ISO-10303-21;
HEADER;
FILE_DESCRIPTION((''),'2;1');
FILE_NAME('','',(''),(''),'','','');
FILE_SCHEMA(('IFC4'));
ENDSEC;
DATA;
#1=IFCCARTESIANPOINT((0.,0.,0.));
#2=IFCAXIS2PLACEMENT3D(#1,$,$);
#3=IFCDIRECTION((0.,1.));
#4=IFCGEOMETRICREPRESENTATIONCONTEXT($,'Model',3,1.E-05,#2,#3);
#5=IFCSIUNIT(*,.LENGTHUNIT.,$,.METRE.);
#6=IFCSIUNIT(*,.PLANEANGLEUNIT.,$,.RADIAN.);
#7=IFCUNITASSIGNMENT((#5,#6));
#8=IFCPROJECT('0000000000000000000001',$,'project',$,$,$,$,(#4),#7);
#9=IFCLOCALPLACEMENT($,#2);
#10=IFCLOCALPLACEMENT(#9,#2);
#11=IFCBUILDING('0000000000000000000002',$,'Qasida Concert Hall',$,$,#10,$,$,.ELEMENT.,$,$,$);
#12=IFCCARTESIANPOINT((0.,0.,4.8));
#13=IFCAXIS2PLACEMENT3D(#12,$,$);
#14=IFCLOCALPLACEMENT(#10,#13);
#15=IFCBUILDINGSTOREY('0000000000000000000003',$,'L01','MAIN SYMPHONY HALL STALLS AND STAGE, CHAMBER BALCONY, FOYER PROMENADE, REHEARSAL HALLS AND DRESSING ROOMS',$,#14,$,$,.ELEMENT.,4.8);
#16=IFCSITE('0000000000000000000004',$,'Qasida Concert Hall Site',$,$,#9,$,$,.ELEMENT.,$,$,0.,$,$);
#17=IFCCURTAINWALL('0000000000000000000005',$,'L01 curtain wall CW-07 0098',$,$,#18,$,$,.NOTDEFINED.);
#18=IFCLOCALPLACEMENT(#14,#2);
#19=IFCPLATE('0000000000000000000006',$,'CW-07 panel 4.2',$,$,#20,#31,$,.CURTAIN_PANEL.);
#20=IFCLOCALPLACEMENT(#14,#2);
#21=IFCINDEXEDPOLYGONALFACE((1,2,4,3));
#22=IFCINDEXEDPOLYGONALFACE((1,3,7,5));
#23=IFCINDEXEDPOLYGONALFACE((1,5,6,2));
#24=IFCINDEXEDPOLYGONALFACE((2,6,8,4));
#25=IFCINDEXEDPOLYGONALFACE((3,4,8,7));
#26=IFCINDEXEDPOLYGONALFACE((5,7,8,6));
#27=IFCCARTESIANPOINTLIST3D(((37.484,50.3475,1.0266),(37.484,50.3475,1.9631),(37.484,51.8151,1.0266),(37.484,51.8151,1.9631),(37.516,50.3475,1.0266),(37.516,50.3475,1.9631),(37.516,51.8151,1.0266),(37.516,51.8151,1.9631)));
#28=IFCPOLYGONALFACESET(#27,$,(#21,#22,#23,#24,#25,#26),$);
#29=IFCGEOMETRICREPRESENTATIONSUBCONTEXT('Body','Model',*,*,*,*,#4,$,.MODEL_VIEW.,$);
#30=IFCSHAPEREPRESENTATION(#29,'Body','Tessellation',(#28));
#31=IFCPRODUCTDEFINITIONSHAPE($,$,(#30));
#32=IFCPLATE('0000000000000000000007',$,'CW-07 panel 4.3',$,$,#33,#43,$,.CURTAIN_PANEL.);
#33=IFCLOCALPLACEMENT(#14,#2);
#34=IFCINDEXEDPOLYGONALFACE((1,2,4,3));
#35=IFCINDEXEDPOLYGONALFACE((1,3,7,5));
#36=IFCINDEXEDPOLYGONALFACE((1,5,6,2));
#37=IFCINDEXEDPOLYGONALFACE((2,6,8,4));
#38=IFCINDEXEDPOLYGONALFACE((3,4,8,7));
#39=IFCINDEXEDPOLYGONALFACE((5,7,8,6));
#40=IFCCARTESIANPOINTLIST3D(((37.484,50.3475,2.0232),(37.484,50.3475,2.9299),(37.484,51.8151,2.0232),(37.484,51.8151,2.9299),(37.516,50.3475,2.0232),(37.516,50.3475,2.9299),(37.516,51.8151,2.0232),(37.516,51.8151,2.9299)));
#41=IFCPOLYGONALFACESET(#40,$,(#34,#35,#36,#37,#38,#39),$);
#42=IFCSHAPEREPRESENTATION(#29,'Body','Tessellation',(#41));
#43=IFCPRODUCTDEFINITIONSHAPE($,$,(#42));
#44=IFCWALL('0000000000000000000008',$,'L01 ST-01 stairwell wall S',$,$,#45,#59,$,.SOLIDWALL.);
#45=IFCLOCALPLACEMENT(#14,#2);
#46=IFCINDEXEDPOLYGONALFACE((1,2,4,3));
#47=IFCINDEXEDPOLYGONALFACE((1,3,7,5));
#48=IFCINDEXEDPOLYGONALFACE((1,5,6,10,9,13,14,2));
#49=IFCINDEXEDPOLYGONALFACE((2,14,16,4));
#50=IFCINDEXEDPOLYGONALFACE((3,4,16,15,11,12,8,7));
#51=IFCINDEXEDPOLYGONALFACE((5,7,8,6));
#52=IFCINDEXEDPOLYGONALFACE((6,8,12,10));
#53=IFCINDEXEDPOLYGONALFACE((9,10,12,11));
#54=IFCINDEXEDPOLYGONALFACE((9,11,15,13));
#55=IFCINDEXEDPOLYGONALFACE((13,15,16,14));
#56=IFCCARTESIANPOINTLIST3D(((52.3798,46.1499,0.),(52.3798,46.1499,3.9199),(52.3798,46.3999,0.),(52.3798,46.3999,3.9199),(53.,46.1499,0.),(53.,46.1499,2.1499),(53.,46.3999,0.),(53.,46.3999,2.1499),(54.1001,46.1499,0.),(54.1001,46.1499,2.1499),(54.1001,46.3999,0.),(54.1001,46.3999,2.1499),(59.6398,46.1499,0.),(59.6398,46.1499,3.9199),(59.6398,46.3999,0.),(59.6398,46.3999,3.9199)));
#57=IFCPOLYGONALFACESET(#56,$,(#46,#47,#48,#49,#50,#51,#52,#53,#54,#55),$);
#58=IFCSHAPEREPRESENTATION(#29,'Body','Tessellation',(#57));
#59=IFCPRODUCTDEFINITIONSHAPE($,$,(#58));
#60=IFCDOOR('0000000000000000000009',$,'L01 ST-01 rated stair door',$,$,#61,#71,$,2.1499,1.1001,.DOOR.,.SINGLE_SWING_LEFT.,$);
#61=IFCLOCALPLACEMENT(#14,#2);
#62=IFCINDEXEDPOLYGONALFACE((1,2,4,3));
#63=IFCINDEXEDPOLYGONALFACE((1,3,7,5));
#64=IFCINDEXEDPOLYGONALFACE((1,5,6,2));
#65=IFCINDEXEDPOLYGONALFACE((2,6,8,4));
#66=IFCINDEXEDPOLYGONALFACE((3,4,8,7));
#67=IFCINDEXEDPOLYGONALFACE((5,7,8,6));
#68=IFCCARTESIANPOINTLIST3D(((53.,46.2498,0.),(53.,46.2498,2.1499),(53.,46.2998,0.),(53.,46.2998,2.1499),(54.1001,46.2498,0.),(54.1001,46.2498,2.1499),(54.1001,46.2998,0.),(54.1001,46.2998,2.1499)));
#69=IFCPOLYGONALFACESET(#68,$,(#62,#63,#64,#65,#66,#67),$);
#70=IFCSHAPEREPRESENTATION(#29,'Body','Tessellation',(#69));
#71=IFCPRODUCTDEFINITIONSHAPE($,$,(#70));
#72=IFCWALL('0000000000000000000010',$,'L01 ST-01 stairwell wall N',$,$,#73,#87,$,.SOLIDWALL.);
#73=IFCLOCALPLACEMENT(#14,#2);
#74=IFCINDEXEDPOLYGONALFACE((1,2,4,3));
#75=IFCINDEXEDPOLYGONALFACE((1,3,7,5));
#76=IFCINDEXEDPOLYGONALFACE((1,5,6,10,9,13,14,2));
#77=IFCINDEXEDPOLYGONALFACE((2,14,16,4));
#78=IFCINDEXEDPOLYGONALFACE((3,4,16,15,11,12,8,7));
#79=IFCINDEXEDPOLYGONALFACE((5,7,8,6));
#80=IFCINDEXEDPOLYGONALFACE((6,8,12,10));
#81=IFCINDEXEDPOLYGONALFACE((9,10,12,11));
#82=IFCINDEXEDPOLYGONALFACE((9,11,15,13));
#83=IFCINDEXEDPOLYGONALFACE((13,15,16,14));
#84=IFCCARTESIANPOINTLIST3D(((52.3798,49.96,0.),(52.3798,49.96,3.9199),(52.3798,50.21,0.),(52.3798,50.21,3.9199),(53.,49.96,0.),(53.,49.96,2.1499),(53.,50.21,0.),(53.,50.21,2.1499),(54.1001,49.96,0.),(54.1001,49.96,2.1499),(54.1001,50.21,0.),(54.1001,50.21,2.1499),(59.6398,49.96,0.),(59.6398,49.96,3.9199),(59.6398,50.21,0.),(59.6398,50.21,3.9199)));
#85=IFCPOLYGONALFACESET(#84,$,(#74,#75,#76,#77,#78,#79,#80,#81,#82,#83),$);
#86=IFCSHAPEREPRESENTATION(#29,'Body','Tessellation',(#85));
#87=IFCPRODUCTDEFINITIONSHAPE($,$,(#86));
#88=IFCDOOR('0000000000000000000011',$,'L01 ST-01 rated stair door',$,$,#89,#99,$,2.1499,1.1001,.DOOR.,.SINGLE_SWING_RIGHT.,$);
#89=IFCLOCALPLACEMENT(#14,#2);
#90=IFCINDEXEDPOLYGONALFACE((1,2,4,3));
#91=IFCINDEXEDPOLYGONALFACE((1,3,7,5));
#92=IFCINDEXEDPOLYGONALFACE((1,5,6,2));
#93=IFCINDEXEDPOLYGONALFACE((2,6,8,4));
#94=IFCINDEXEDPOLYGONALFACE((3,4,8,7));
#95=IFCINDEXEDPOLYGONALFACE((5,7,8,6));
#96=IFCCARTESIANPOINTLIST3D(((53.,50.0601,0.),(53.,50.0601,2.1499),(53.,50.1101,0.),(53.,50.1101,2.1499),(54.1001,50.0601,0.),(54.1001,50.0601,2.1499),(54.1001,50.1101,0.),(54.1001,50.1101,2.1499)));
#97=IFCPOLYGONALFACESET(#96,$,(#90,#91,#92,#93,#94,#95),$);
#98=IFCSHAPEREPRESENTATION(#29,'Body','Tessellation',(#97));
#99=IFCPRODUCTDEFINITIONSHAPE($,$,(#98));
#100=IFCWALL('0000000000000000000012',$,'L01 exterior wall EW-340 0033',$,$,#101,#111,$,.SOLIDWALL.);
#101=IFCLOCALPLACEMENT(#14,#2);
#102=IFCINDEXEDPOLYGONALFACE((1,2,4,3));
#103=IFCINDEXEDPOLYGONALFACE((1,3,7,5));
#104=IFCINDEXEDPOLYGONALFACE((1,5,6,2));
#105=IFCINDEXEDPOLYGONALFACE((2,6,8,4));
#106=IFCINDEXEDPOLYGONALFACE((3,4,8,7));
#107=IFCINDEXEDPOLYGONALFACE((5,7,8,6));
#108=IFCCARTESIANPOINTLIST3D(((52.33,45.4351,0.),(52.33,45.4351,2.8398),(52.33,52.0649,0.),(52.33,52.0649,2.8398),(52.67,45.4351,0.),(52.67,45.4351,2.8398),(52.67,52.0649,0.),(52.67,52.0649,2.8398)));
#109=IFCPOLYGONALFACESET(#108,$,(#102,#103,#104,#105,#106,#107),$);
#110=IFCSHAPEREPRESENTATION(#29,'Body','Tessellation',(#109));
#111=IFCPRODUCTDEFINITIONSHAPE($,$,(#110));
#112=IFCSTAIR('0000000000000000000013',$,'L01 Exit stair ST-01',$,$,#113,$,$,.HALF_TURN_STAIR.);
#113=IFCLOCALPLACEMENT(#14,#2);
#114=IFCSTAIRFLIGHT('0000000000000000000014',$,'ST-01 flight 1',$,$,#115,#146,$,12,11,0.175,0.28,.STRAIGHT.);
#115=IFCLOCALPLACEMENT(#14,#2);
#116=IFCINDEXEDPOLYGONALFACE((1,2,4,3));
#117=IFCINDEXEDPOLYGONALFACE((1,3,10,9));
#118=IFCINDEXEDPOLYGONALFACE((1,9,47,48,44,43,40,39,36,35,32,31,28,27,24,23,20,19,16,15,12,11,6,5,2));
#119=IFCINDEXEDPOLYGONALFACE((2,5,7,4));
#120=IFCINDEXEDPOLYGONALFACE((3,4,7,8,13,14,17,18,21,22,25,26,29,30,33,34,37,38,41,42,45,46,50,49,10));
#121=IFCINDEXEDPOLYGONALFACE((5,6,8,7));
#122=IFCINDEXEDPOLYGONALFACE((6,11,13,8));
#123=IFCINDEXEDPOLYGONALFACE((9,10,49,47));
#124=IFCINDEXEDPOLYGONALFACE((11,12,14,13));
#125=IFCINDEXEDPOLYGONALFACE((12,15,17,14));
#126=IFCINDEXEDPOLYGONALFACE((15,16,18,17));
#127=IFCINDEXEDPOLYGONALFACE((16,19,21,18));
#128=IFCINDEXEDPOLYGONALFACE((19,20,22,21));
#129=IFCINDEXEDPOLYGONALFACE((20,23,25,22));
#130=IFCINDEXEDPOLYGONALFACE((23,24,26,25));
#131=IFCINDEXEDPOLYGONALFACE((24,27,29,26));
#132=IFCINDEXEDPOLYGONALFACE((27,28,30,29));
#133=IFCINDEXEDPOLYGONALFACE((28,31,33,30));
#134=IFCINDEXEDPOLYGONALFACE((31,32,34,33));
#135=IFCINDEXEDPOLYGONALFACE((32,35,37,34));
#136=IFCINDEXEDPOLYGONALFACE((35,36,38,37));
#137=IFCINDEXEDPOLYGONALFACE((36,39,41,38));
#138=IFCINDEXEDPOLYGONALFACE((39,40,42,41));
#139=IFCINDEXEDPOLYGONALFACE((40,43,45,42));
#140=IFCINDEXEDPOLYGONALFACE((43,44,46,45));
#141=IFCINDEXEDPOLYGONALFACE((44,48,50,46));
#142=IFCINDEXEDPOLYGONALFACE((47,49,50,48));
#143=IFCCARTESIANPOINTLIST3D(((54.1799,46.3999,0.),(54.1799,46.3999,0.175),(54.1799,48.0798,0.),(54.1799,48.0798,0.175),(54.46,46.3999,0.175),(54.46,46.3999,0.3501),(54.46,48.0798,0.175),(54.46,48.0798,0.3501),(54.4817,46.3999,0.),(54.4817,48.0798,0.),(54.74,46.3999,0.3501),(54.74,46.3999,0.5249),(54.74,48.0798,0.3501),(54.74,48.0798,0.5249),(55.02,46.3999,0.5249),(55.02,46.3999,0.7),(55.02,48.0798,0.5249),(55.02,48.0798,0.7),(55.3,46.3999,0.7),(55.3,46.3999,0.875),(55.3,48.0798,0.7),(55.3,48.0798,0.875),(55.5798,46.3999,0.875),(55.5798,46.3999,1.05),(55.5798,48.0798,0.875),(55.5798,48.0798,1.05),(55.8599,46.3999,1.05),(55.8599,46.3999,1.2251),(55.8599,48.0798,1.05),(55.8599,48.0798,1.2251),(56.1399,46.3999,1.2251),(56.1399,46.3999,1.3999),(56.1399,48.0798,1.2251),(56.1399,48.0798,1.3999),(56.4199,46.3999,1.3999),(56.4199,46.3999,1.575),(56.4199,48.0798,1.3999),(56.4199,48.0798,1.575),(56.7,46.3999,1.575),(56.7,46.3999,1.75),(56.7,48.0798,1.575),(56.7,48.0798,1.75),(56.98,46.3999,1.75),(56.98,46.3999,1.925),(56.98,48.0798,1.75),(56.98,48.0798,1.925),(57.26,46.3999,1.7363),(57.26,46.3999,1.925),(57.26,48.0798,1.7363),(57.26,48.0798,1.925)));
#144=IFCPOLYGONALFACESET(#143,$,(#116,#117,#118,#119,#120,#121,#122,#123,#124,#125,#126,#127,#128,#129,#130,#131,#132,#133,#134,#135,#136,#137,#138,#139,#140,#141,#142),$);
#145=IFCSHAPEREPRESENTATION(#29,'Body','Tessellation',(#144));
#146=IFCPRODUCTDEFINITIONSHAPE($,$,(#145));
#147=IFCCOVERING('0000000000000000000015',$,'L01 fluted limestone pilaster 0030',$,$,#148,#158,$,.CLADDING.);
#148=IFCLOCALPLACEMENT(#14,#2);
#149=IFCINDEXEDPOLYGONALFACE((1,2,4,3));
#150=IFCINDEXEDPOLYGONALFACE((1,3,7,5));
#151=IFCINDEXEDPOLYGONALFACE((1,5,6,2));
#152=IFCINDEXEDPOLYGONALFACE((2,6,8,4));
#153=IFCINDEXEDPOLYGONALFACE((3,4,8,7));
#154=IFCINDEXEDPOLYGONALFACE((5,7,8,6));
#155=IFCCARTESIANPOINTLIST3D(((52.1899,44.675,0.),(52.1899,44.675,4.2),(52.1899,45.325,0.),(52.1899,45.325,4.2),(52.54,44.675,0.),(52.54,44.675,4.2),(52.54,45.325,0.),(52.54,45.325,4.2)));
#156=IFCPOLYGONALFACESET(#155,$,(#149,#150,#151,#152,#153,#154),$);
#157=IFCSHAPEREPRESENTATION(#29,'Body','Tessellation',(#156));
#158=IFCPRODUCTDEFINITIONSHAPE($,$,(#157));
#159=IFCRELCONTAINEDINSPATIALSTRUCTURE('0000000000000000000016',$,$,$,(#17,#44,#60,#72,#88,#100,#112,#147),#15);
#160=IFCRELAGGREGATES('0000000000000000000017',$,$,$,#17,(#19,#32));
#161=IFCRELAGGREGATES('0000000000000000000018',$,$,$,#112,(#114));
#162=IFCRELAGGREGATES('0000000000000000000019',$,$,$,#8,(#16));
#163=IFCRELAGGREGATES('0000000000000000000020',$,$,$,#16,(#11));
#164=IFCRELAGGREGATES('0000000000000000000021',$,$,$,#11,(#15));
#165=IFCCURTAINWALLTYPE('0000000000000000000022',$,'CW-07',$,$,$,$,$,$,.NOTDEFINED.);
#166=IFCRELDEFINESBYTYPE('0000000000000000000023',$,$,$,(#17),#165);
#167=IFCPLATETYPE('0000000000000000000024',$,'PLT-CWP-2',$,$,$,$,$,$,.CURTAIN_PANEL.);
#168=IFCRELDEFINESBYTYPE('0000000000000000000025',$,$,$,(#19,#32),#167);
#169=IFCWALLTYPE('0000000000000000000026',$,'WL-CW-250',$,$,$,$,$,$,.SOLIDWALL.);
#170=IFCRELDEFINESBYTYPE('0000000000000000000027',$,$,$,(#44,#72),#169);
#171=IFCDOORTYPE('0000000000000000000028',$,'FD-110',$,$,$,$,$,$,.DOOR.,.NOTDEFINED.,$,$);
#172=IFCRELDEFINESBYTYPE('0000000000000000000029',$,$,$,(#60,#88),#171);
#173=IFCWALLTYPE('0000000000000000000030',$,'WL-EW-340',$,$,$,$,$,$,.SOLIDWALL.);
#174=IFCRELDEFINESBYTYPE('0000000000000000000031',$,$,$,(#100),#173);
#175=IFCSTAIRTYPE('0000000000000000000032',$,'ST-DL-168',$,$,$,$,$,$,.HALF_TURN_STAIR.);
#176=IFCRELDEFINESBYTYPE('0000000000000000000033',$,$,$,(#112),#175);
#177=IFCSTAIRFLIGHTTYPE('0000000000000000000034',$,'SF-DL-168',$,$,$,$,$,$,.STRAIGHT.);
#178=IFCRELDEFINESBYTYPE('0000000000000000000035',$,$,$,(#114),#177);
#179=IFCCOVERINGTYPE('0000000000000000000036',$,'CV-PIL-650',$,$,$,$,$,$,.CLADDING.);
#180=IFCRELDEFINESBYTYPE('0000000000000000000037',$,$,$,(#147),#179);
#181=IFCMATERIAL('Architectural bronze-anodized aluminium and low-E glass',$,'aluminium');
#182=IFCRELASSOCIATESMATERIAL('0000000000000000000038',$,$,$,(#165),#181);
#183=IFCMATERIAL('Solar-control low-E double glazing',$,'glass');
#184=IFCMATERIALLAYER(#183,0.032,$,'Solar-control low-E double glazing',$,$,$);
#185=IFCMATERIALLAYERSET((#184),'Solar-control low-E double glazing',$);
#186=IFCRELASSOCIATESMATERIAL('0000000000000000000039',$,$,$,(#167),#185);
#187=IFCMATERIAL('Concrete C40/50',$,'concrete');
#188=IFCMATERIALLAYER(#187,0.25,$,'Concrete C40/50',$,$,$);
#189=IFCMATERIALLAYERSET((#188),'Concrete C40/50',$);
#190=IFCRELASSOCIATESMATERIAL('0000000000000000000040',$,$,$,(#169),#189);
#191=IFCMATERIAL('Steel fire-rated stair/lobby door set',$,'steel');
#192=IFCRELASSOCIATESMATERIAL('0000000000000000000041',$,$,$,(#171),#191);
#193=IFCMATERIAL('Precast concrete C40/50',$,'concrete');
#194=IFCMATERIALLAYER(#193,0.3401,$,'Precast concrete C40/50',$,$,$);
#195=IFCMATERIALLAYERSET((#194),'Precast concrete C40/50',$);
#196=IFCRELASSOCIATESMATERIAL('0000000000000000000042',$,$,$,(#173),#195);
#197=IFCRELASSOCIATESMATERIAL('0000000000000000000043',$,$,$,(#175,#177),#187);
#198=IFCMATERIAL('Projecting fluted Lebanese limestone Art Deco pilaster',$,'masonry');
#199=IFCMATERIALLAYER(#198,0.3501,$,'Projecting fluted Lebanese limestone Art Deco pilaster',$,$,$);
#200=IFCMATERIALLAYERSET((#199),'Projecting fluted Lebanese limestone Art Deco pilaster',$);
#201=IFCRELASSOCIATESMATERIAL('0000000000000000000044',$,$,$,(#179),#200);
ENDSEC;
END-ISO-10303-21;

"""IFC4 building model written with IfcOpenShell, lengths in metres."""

from ifc_helpers import new_model, si_unit, direction, frame, frame_2d, origin, origin_2d, place, context, subcontext, project, spatial, polyline, rectangle, outline, extrude, material, layer, layer_set, type_object, element, fill, aggregate, save


model = new_model("IFC4")

# Units and contexts
model_context = context("Model", 3, precision=1e-05, world=origin(), true_north=direction((0.0, 1.0)))
body_context = subcontext(model_context, "Body", "Model", "MODEL_VIEW")
ifc_project = project(units=[si_unit("LENGTHUNIT", "METRE"), si_unit("PLANEANGLEUNIT", "RADIAN")], contexts=[model_context])

# Site, building, storey
site_placement = place(None, origin())
site = spatial("IfcSite", under=ifc_project, at=site_placement, Name="Qasida Concert Hall Site", CompositionType="ELEMENT", RefElevation=0.0)
building_placement = place(site_placement, origin())
building = spatial("IfcBuilding", under=site, at=building_placement, Name="Qasida Concert Hall", CompositionType="ELEMENT")
storey_placement = place(building_placement, frame((0.0, 0.0, 4.8)))
storey = spatial("IfcBuildingStorey", under=building, at=storey_placement, Name="L01", Description="MAIN SYMPHONY HALL STALLS AND STAGE, CHAMBER BALCONY, FOYER PROMENADE, REHEARSAL HALLS AND DRESSING ROOMS", CompositionType="ELEMENT", Elevation=4.8)

# Shared definitions
ifc_material_1 = material(Name="Concrete C40/50", Category="concrete")

# Shared definitions
ifc_material_2 = material(Name="Architectural bronze-anodized aluminium and low-E glass", Category="aluminium")

# Curtain wall
curtain_wall_type_1 = type_object("IfcCurtainWallType", Name="CW-07", PredefinedType="NOTDEFINED", material=ifc_material_2)
curtain_wall_1_placement = place(storey_placement, origin())
curtain_wall_1 = element("IfcCurtainWall", 1, at=curtain_wall_1_placement, inside=storey, type_object=curtain_wall_type_1, Name="L01 curtain wall CW-07 0098", PredefinedType="NOTDEFINED")

# Plates
ifc_material_3 = material(Name="Solar-control low-E double glazing", Category="glass")
ifc_layer_1 = layer(ifc_material_3, 0.032, Name="Solar-control low-E double glazing")
ifc_layer_set_1 = layer_set([ifc_layer_1], Name="Solar-control low-E double glazing")
plate_type_1 = type_object("IfcPlateType", Name="PLT-CWP-2", PredefinedType="CURTAIN_PANEL", material=ifc_layer_set_1)
plate_1_placement = place(storey_placement, frame((37.5, 51.0813, 1.0266), z_axis=(0.0, 0.0, 1.0), x_axis=(0.0, 1.0, 0.0)))
plate_1 = element("IfcPlate", 2, at=plate_1_placement, type_object=plate_type_1, Name="CW-07 panel 4.2", PredefinedType="CURTAIN_PANEL", context=body_context, shape_type="SweptSolid", body=[
    extrude(rectangle(XDim=1.4675, YDim=0.032, at=origin_2d()), origin(), (0.0, 0.0, 1.0), 0.9365),
])
plate_2_placement = place(storey_placement, frame((37.5, 51.0813, 2.0232), z_axis=(0.0, 0.0, 1.0), x_axis=(0.0, 1.0, 0.0)))
plate_2 = element("IfcPlate", 3, at=plate_2_placement, type_object=plate_type_1, Name="CW-07 panel 4.3", PredefinedType="CURTAIN_PANEL", context=body_context, shape_type="SweptSolid", body=[
    extrude(rectangle(XDim=1.4675, YDim=0.032, at=origin_2d()), origin(), (0.0, 0.0, 1.0), 0.9067),
])
aggregate(curtain_wall_1, [plate_1, plate_2])

# Walls, openings, doors
ifc_layer_2 = layer(ifc_material_1, 0.25, Name="Concrete C40/50")
ifc_layer_set_2 = layer_set([ifc_layer_2], Name="Concrete C40/50")
wall_type_1 = type_object("IfcWallType", Name="WL-CW-250", PredefinedType="SOLIDWALL", material=ifc_layer_set_2)
wall_1_placement = place(storey_placement, frame((52.3799, 46.2749, 0.0), z_axis=(0.0, 0.0, 1.0), x_axis=(1.0, 0.0, 0.0)))
wall_1 = element("IfcWall", 4, at=wall_1_placement, inside=storey, type_object=wall_type_1, Name="L01 ST-01 stairwell wall S", PredefinedType="SOLIDWALL", context=body_context, shape_type="SweptSolid", body=[
    extrude(rectangle(XDim=7.26, YDim=0.25, at=frame_2d((3.6299, 0.0))), origin(), (0.0, 0.0, 1.0), 3.9199),
])
opening_1_placement = place(wall_1_placement, frame((0.6201, 0.0, 0.0)))
opening_1 = element("IfcOpeningElement", 5, at=opening_1_placement, cuts=wall_1, PredefinedType="OPENING", context=body_context, shape_type="SweptSolid", body=[
    extrude(rectangle(XDim=1.1001, YDim=2.1499, at=frame_2d((0.55, 1.075))), frame((0.0, 0.135, 0.0), z_axis=(0.0, -1.0, 0.0), x_axis=(1.0, 0.0, 0.0)), (0.0, 0.0, 1.0), 0.27),
])
ifc_material_4 = material(Name="Steel fire-rated stair/lobby door set", Category="steel")
door_type = type_object("IfcDoorType", Name="FD-110", OperationType="NOTDEFINED", PredefinedType="DOOR", material=ifc_material_4)
door_1_placement = place(opening_1_placement, origin())
door_1 = element("IfcDoor", 6, at=door_1_placement, inside=storey, type_object=door_type, Name="L01 ST-01 rated stair door", OperationType="SINGLE_SWING_LEFT", OverallHeight=2.1499, OverallWidth=1.1001, PredefinedType="DOOR", context=body_context, shape_type="SweptSolid", body=[
    extrude(rectangle(XDim=1.1001, YDim=2.1499, at=frame_2d((0.55, 1.075))), frame((0.0, 0.0249, 0.0), z_axis=(0.0, -1.0, 0.0), x_axis=(1.0, 0.0, 0.0)), (0.0, 0.0, 1.0), 0.05),
])
fill(opening_1, door_1)
wall_2_placement = place(storey_placement, frame((52.3799, 50.085, 0.0), z_axis=(0.0, 0.0, 1.0), x_axis=(1.0, 0.0, 0.0)))
wall_2 = element("IfcWall", 7, at=wall_2_placement, inside=storey, type_object=wall_type_1, Name="L01 ST-01 stairwell wall N", PredefinedType="SOLIDWALL", context=body_context, shape_type="SweptSolid", body=[
    extrude(rectangle(XDim=7.26, YDim=0.25, at=frame_2d((3.6299, 0.0))), origin(), (0.0, 0.0, 1.0), 3.9199),
])
opening_2_placement = place(wall_2_placement, frame((0.6201, 0.0, 0.0)))
opening_2 = element("IfcOpeningElement", 8, at=opening_2_placement, cuts=wall_2, PredefinedType="OPENING", context=body_context, shape_type="SweptSolid", body=[
    extrude(rectangle(XDim=1.1001, YDim=2.1499, at=frame_2d((0.55, 1.075))), frame((0.0, 0.135, 0.0), z_axis=(0.0, -1.0, 0.0), x_axis=(1.0, 0.0, 0.0)), (0.0, 0.0, 1.0), 0.27),
])
door_2_placement = place(opening_2_placement, frame((1.1001, 0.0, 0.0), z_axis=(0.0, 0.0, 1.0), x_axis=(-1.0, 0.0, 0.0)))
door_2 = element("IfcDoor", 9, at=door_2_placement, inside=storey, type_object=door_type, Name="L01 ST-01 rated stair door", OperationType="SINGLE_SWING_RIGHT", OverallHeight=2.1499, OverallWidth=1.1001, PredefinedType="DOOR", context=body_context, shape_type="SweptSolid", body=[
    extrude(rectangle(XDim=1.1001, YDim=2.1499, at=frame_2d((0.55, 1.075))), frame((0.0, 0.0249, 0.0), z_axis=(0.0, -1.0, 0.0), x_axis=(1.0, 0.0, 0.0)), (0.0, 0.0, 1.0), 0.05),
])
fill(opening_2, door_2)

# Wall
ifc_material_5 = material(Name="Precast concrete C40/50", Category="concrete")
ifc_layer_3 = layer(ifc_material_5, 0.3401, Name="Precast concrete C40/50")
ifc_layer_set_3 = layer_set([ifc_layer_3], Name="Precast concrete C40/50")
wall_type_2 = type_object("IfcWallType", Name="WL-EW-340", PredefinedType="SOLIDWALL", material=ifc_layer_set_3)
wall_3_placement = place(storey_placement, frame((52.5, 45.4351, 0.0), z_axis=(0.0, 0.0, 1.0), x_axis=(0.0, 1.0, 0.0)))
element("IfcWall", 10, at=wall_3_placement, inside=storey, type_object=wall_type_2, Name="L01 exterior wall EW-340 0033", PredefinedType="SOLIDWALL", context=body_context, shape_type="SweptSolid", body=[
    extrude(rectangle(XDim=6.6299, YDim=0.3401, at=frame_2d((3.3149, 0.0))), origin(), (0.0, 0.0, 1.0), 2.8398),
])

# Stair, stair flight
stair_type = type_object("IfcStairType", Name="ST-DL-168", PredefinedType="HALF_TURN_STAIR", material=ifc_material_1)
stair_placement = place(storey_placement, origin())
stair = element("IfcStair", 11, at=stair_placement, inside=storey, type_object=stair_type, Name="L01 Exit stair ST-01", PredefinedType="HALF_TURN_STAIR")
stair_flight_type = type_object("IfcStairFlightType", Name="SF-DL-168", PredefinedType="STRAIGHT", material=ifc_material_1)
stair_flight_placement = place(storey_placement, frame((54.1799, 47.24, 0.0), z_axis=(0.0, 0.0, 1.0), x_axis=(1.0, 0.0, 0.0)))
stair_flight = element("IfcStairFlight", 12, at=stair_flight_placement, type_object=stair_flight_type, Name="ST-01 flight 1", NumberOfRisers=12, NumberOfTreads=11, PredefinedType="STRAIGHT", RiserHeight=0.175, TreadLength=0.28, context=body_context, shape_type="SweptSolid", body=[
    extrude(outline(polyline([(0.0, 0.0), (0.0, 0.175), (0.28, 0.175), (0.28, 0.3501), (0.5601, 0.3501), (0.5601, 0.5249), (0.8401, 0.5249), (0.8401, 0.7), (1.1201, 0.7), (1.1201, 0.875), (1.3999, 0.875), (1.3999, 1.05), (1.6799, 1.05), (1.6799, 1.2251), (1.96, 1.2251), (1.96, 1.3999), (2.24, 1.3999), (2.24, 1.575), (2.52, 1.575), (2.52, 1.75), (2.8, 1.75), (2.8, 1.925), (3.0801, 1.925), (3.0801, 2.1001), (3.0801, 1.7363), (0.3018, 0.0), (0.0, 0.0)])), frame((0.0, 0.8398, 0.0), z_axis=(0.0, -1.0, 0.0), x_axis=(1.0, 0.0, 0.0)), (0.0, 0.0, 1.0), 1.6799),
])
aggregate(stair, [stair_flight])

# Covering
ifc_material_6 = material(Name="Projecting fluted Lebanese limestone Art Deco pilaster", Category="masonry")
ifc_layer_4 = layer(ifc_material_6, 0.3501, Name="Projecting fluted Lebanese limestone Art Deco pilaster")
ifc_layer_set_4 = layer_set([ifc_layer_4], Name="Projecting fluted Lebanese limestone Art Deco pilaster")
covering_type = type_object("IfcCoveringType", Name="CV-PIL-650", PredefinedType="CLADDING", material=ifc_layer_set_4)
covering_placement = place(storey_placement, frame((52.365, 45.0, 0.0), z_axis=(0.0, 0.0, 1.0), x_axis=(1.0, 0.0, 0.0)))
element("IfcCovering", 13, at=covering_placement, inside=storey, type_object=covering_type, Name="L01 fluted limestone pilaster 0030", PredefinedType="CLADDING", context=body_context, shape_type="SweptSolid", body=[
    extrude(rectangle(XDim=0.3501, YDim=0.6499, at=origin_2d()), origin(), (0.0, 0.0, 1.0), 4.2),
])

save(model, "model.ifc")
